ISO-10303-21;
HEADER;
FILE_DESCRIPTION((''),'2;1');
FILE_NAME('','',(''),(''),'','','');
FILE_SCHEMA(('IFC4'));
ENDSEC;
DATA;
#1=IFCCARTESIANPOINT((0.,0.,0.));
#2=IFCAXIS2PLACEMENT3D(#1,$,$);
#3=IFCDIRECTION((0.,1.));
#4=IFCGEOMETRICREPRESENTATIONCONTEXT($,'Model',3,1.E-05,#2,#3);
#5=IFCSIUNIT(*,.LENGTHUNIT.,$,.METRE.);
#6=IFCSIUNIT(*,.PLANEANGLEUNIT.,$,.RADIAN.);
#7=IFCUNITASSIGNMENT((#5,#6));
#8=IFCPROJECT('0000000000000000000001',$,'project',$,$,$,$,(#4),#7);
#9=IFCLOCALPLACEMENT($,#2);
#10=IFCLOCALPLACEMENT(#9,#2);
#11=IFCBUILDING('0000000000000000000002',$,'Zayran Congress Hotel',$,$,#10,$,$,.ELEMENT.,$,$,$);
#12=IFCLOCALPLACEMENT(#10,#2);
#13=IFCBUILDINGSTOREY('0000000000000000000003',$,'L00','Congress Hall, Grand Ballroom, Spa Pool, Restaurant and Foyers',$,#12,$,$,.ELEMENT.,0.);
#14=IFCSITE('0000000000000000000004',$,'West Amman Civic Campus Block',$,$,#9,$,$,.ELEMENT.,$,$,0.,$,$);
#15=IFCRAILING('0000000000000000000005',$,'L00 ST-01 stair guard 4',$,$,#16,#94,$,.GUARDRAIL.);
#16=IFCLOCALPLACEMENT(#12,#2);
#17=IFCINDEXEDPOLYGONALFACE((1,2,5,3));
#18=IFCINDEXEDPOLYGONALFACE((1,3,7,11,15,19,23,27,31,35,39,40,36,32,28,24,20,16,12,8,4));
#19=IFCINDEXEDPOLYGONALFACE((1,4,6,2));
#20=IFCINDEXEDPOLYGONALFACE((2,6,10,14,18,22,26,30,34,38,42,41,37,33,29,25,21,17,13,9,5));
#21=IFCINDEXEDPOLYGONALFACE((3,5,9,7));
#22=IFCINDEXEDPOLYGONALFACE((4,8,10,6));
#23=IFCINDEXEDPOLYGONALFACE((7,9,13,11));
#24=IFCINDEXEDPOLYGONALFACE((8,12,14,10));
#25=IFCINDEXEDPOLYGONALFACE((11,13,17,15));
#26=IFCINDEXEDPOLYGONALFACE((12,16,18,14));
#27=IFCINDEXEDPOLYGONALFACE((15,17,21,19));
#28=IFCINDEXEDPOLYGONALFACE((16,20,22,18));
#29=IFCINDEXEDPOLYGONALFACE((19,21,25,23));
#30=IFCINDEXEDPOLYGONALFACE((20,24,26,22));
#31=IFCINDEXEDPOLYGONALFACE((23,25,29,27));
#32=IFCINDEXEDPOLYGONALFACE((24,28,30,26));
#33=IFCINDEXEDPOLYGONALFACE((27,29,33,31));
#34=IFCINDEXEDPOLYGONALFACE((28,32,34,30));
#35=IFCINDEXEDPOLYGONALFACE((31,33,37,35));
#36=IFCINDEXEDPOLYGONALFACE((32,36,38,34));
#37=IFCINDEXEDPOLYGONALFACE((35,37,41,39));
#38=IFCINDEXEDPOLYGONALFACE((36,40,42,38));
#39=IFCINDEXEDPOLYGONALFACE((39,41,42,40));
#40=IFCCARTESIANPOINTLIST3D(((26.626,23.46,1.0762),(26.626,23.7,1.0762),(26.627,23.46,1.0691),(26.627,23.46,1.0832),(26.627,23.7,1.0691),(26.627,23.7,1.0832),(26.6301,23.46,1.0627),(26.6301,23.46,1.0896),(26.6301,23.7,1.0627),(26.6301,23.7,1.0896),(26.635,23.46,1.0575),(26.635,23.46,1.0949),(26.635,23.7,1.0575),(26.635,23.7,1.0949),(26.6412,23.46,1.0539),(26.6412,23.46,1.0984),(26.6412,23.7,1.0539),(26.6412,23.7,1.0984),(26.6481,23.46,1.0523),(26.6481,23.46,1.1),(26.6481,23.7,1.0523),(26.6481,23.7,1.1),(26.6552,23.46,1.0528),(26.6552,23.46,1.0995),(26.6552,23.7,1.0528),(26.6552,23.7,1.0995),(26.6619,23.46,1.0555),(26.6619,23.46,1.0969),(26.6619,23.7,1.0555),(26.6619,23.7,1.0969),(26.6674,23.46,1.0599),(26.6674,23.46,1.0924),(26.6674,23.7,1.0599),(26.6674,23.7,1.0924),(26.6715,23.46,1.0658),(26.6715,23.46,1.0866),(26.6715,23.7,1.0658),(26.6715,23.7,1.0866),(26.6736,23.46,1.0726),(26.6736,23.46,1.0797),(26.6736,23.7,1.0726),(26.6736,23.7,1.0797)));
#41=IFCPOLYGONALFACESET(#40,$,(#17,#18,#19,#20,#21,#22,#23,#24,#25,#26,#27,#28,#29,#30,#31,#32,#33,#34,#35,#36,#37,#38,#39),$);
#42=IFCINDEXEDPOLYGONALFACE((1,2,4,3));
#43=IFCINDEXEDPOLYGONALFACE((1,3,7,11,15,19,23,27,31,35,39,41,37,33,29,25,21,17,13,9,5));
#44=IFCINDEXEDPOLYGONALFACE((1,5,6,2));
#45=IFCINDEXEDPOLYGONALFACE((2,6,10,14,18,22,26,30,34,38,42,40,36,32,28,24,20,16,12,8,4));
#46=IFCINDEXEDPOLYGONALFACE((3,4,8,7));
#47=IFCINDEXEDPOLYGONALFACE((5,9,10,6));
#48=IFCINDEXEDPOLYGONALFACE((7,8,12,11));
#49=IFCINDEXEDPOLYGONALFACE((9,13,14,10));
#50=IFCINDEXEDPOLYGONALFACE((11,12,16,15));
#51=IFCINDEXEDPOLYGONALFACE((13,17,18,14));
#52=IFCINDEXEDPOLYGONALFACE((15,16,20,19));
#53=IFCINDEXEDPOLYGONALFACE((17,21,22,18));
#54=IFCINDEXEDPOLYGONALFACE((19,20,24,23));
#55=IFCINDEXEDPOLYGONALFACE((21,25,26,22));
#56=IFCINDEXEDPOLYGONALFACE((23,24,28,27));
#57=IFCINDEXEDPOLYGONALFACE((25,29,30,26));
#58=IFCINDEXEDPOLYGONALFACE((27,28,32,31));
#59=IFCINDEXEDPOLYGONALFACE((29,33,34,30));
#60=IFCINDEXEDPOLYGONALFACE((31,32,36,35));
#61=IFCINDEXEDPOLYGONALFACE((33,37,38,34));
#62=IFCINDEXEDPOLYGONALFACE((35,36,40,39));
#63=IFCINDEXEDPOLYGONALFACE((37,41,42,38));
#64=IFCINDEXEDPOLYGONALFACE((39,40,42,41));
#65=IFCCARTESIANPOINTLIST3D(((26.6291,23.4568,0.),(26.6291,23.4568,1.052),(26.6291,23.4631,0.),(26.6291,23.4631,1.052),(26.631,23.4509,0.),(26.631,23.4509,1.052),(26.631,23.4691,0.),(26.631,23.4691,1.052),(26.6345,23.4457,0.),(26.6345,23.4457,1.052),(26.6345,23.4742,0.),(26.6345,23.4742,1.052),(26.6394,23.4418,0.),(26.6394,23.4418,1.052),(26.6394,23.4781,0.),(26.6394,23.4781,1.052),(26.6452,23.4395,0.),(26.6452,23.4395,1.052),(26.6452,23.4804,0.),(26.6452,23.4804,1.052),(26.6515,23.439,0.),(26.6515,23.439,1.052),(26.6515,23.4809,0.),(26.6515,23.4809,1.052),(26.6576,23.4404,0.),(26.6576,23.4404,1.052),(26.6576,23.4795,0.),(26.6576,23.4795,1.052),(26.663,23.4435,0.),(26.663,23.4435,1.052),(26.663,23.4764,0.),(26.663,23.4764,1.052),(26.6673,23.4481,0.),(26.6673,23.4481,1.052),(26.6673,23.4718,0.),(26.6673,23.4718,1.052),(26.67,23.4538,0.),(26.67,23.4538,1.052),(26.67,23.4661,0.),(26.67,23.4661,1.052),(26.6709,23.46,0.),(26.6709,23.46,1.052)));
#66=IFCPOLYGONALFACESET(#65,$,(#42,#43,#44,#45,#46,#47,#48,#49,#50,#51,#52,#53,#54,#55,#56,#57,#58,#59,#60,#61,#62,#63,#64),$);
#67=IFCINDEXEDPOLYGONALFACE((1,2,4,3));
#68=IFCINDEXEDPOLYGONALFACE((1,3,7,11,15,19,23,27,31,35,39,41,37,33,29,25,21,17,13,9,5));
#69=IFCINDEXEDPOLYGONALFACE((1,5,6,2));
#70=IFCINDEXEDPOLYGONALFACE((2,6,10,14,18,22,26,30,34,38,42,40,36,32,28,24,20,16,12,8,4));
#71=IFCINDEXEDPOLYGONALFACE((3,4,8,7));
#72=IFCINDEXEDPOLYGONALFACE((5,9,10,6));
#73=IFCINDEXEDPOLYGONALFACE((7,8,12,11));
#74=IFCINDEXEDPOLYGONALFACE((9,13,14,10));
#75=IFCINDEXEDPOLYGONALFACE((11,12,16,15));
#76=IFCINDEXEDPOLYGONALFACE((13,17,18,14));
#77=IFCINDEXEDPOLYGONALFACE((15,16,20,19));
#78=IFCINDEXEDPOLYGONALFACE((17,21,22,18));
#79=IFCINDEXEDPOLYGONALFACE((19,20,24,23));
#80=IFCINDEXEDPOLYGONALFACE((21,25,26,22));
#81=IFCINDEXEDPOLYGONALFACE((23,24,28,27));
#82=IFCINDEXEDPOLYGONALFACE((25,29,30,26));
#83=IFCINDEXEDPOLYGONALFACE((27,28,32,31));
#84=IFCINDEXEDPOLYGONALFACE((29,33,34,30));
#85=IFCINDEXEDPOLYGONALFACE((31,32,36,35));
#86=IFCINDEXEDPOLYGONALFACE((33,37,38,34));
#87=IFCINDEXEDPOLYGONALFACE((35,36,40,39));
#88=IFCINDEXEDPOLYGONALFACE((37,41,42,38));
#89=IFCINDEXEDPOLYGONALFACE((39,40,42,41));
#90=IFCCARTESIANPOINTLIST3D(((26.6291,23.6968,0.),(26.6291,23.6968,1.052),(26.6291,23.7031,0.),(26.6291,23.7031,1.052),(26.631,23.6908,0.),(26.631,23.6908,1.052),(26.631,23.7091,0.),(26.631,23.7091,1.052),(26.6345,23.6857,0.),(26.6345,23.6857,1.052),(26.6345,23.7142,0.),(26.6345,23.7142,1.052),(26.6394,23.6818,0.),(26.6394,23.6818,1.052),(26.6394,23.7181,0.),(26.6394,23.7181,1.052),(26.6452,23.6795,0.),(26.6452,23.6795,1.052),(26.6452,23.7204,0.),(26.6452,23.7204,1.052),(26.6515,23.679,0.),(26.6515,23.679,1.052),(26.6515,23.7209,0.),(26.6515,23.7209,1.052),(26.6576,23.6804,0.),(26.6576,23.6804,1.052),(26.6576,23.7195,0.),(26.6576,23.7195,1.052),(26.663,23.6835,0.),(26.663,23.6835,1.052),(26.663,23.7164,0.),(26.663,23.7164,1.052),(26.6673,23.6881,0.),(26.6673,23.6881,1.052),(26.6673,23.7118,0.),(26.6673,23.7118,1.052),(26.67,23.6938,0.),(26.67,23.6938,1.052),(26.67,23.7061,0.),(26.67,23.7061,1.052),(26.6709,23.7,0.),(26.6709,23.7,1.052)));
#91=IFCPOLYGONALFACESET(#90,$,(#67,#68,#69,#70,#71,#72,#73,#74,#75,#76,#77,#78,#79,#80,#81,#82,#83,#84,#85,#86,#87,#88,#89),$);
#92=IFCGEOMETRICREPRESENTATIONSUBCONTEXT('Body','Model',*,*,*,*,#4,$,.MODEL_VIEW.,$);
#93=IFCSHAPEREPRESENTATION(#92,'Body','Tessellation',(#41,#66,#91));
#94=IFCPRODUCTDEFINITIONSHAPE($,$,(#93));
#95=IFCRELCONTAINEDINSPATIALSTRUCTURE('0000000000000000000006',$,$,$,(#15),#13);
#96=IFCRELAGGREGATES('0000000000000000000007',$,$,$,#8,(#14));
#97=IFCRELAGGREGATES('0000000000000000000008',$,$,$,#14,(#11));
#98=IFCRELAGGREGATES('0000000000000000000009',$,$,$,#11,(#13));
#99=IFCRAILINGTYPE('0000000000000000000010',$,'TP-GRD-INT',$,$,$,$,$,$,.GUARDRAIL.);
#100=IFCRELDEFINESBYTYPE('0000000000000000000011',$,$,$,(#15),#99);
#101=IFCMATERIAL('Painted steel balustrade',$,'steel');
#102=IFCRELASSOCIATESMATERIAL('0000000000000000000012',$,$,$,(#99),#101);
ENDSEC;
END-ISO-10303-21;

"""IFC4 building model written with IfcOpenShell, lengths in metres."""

from ifc_helpers import new_model, si_unit, direction, frame, origin, origin_2d, place, context, subcontext, project, spatial, circle, extrude, material, type_object, element, save


model = new_model("IFC4")

# Units and contexts
model_context = context("Model", 3, precision=1e-05, world=origin(), true_north=direction((0.0, 1.0)))
body_context = subcontext(model_context, "Body", "Model", "MODEL_VIEW")
ifc_project = project(units=[si_unit("LENGTHUNIT", "METRE"), si_unit("PLANEANGLEUNIT", "RADIAN")], contexts=[model_context])

# Site, building, storey
site_placement = place(None, origin())
site = spatial("IfcSite", under=ifc_project, at=site_placement, Name="West Amman Civic Campus Block", CompositionType="ELEMENT", RefElevation=0.0)
building_placement = place(site_placement, origin())
building = spatial("IfcBuilding", under=site, at=building_placement, Name="Zayran Congress Hotel", CompositionType="ELEMENT")
storey_placement = place(building_placement, origin())
storey = spatial("IfcBuildingStorey", under=building, at=storey_placement, Name="L00", Description="Congress Hall, Grand Ballroom, Spa Pool, Restaurant and Foyers", CompositionType="ELEMENT", Elevation=0.0)

# Railing
ifc_material_1 = material(Name="Painted steel balustrade", Category="steel")
railing_type_1 = type_object("IfcRailingType", Name="TP-GRD-INT", PredefinedType="GUARDRAIL", material=ifc_material_1)
railing_1_placement = place(storey_placement, frame((26.6499, 23.46, 0.0)))
element("IfcRailing", 1, at=railing_1_placement, inside=storey, type_object=railing_type_1, Name="L00 ST-01 stair guard 4", PredefinedType="GUARDRAIL", context=body_context, shape_type="SweptSolid", body=[
    extrude(circle(Radius=0.0239, at=origin_2d()), frame((0.0, 0.0, 1.0762), z_axis=(0.0, 1.0, 0.0), x_axis=(-1.0, 0.0, 0.0)), (0.0, 0.0, 1.0), 0.24),
    extrude(circle(Radius=0.021, at=origin_2d()), origin(), (0.0, 0.0, 1.0), 1.052),
    extrude(circle(Radius=0.021, at=origin_2d()), frame((0.0, 0.24, 0.0)), (0.0, 0.0, 1.0), 1.052),
])

save(model, "model.ifc")
